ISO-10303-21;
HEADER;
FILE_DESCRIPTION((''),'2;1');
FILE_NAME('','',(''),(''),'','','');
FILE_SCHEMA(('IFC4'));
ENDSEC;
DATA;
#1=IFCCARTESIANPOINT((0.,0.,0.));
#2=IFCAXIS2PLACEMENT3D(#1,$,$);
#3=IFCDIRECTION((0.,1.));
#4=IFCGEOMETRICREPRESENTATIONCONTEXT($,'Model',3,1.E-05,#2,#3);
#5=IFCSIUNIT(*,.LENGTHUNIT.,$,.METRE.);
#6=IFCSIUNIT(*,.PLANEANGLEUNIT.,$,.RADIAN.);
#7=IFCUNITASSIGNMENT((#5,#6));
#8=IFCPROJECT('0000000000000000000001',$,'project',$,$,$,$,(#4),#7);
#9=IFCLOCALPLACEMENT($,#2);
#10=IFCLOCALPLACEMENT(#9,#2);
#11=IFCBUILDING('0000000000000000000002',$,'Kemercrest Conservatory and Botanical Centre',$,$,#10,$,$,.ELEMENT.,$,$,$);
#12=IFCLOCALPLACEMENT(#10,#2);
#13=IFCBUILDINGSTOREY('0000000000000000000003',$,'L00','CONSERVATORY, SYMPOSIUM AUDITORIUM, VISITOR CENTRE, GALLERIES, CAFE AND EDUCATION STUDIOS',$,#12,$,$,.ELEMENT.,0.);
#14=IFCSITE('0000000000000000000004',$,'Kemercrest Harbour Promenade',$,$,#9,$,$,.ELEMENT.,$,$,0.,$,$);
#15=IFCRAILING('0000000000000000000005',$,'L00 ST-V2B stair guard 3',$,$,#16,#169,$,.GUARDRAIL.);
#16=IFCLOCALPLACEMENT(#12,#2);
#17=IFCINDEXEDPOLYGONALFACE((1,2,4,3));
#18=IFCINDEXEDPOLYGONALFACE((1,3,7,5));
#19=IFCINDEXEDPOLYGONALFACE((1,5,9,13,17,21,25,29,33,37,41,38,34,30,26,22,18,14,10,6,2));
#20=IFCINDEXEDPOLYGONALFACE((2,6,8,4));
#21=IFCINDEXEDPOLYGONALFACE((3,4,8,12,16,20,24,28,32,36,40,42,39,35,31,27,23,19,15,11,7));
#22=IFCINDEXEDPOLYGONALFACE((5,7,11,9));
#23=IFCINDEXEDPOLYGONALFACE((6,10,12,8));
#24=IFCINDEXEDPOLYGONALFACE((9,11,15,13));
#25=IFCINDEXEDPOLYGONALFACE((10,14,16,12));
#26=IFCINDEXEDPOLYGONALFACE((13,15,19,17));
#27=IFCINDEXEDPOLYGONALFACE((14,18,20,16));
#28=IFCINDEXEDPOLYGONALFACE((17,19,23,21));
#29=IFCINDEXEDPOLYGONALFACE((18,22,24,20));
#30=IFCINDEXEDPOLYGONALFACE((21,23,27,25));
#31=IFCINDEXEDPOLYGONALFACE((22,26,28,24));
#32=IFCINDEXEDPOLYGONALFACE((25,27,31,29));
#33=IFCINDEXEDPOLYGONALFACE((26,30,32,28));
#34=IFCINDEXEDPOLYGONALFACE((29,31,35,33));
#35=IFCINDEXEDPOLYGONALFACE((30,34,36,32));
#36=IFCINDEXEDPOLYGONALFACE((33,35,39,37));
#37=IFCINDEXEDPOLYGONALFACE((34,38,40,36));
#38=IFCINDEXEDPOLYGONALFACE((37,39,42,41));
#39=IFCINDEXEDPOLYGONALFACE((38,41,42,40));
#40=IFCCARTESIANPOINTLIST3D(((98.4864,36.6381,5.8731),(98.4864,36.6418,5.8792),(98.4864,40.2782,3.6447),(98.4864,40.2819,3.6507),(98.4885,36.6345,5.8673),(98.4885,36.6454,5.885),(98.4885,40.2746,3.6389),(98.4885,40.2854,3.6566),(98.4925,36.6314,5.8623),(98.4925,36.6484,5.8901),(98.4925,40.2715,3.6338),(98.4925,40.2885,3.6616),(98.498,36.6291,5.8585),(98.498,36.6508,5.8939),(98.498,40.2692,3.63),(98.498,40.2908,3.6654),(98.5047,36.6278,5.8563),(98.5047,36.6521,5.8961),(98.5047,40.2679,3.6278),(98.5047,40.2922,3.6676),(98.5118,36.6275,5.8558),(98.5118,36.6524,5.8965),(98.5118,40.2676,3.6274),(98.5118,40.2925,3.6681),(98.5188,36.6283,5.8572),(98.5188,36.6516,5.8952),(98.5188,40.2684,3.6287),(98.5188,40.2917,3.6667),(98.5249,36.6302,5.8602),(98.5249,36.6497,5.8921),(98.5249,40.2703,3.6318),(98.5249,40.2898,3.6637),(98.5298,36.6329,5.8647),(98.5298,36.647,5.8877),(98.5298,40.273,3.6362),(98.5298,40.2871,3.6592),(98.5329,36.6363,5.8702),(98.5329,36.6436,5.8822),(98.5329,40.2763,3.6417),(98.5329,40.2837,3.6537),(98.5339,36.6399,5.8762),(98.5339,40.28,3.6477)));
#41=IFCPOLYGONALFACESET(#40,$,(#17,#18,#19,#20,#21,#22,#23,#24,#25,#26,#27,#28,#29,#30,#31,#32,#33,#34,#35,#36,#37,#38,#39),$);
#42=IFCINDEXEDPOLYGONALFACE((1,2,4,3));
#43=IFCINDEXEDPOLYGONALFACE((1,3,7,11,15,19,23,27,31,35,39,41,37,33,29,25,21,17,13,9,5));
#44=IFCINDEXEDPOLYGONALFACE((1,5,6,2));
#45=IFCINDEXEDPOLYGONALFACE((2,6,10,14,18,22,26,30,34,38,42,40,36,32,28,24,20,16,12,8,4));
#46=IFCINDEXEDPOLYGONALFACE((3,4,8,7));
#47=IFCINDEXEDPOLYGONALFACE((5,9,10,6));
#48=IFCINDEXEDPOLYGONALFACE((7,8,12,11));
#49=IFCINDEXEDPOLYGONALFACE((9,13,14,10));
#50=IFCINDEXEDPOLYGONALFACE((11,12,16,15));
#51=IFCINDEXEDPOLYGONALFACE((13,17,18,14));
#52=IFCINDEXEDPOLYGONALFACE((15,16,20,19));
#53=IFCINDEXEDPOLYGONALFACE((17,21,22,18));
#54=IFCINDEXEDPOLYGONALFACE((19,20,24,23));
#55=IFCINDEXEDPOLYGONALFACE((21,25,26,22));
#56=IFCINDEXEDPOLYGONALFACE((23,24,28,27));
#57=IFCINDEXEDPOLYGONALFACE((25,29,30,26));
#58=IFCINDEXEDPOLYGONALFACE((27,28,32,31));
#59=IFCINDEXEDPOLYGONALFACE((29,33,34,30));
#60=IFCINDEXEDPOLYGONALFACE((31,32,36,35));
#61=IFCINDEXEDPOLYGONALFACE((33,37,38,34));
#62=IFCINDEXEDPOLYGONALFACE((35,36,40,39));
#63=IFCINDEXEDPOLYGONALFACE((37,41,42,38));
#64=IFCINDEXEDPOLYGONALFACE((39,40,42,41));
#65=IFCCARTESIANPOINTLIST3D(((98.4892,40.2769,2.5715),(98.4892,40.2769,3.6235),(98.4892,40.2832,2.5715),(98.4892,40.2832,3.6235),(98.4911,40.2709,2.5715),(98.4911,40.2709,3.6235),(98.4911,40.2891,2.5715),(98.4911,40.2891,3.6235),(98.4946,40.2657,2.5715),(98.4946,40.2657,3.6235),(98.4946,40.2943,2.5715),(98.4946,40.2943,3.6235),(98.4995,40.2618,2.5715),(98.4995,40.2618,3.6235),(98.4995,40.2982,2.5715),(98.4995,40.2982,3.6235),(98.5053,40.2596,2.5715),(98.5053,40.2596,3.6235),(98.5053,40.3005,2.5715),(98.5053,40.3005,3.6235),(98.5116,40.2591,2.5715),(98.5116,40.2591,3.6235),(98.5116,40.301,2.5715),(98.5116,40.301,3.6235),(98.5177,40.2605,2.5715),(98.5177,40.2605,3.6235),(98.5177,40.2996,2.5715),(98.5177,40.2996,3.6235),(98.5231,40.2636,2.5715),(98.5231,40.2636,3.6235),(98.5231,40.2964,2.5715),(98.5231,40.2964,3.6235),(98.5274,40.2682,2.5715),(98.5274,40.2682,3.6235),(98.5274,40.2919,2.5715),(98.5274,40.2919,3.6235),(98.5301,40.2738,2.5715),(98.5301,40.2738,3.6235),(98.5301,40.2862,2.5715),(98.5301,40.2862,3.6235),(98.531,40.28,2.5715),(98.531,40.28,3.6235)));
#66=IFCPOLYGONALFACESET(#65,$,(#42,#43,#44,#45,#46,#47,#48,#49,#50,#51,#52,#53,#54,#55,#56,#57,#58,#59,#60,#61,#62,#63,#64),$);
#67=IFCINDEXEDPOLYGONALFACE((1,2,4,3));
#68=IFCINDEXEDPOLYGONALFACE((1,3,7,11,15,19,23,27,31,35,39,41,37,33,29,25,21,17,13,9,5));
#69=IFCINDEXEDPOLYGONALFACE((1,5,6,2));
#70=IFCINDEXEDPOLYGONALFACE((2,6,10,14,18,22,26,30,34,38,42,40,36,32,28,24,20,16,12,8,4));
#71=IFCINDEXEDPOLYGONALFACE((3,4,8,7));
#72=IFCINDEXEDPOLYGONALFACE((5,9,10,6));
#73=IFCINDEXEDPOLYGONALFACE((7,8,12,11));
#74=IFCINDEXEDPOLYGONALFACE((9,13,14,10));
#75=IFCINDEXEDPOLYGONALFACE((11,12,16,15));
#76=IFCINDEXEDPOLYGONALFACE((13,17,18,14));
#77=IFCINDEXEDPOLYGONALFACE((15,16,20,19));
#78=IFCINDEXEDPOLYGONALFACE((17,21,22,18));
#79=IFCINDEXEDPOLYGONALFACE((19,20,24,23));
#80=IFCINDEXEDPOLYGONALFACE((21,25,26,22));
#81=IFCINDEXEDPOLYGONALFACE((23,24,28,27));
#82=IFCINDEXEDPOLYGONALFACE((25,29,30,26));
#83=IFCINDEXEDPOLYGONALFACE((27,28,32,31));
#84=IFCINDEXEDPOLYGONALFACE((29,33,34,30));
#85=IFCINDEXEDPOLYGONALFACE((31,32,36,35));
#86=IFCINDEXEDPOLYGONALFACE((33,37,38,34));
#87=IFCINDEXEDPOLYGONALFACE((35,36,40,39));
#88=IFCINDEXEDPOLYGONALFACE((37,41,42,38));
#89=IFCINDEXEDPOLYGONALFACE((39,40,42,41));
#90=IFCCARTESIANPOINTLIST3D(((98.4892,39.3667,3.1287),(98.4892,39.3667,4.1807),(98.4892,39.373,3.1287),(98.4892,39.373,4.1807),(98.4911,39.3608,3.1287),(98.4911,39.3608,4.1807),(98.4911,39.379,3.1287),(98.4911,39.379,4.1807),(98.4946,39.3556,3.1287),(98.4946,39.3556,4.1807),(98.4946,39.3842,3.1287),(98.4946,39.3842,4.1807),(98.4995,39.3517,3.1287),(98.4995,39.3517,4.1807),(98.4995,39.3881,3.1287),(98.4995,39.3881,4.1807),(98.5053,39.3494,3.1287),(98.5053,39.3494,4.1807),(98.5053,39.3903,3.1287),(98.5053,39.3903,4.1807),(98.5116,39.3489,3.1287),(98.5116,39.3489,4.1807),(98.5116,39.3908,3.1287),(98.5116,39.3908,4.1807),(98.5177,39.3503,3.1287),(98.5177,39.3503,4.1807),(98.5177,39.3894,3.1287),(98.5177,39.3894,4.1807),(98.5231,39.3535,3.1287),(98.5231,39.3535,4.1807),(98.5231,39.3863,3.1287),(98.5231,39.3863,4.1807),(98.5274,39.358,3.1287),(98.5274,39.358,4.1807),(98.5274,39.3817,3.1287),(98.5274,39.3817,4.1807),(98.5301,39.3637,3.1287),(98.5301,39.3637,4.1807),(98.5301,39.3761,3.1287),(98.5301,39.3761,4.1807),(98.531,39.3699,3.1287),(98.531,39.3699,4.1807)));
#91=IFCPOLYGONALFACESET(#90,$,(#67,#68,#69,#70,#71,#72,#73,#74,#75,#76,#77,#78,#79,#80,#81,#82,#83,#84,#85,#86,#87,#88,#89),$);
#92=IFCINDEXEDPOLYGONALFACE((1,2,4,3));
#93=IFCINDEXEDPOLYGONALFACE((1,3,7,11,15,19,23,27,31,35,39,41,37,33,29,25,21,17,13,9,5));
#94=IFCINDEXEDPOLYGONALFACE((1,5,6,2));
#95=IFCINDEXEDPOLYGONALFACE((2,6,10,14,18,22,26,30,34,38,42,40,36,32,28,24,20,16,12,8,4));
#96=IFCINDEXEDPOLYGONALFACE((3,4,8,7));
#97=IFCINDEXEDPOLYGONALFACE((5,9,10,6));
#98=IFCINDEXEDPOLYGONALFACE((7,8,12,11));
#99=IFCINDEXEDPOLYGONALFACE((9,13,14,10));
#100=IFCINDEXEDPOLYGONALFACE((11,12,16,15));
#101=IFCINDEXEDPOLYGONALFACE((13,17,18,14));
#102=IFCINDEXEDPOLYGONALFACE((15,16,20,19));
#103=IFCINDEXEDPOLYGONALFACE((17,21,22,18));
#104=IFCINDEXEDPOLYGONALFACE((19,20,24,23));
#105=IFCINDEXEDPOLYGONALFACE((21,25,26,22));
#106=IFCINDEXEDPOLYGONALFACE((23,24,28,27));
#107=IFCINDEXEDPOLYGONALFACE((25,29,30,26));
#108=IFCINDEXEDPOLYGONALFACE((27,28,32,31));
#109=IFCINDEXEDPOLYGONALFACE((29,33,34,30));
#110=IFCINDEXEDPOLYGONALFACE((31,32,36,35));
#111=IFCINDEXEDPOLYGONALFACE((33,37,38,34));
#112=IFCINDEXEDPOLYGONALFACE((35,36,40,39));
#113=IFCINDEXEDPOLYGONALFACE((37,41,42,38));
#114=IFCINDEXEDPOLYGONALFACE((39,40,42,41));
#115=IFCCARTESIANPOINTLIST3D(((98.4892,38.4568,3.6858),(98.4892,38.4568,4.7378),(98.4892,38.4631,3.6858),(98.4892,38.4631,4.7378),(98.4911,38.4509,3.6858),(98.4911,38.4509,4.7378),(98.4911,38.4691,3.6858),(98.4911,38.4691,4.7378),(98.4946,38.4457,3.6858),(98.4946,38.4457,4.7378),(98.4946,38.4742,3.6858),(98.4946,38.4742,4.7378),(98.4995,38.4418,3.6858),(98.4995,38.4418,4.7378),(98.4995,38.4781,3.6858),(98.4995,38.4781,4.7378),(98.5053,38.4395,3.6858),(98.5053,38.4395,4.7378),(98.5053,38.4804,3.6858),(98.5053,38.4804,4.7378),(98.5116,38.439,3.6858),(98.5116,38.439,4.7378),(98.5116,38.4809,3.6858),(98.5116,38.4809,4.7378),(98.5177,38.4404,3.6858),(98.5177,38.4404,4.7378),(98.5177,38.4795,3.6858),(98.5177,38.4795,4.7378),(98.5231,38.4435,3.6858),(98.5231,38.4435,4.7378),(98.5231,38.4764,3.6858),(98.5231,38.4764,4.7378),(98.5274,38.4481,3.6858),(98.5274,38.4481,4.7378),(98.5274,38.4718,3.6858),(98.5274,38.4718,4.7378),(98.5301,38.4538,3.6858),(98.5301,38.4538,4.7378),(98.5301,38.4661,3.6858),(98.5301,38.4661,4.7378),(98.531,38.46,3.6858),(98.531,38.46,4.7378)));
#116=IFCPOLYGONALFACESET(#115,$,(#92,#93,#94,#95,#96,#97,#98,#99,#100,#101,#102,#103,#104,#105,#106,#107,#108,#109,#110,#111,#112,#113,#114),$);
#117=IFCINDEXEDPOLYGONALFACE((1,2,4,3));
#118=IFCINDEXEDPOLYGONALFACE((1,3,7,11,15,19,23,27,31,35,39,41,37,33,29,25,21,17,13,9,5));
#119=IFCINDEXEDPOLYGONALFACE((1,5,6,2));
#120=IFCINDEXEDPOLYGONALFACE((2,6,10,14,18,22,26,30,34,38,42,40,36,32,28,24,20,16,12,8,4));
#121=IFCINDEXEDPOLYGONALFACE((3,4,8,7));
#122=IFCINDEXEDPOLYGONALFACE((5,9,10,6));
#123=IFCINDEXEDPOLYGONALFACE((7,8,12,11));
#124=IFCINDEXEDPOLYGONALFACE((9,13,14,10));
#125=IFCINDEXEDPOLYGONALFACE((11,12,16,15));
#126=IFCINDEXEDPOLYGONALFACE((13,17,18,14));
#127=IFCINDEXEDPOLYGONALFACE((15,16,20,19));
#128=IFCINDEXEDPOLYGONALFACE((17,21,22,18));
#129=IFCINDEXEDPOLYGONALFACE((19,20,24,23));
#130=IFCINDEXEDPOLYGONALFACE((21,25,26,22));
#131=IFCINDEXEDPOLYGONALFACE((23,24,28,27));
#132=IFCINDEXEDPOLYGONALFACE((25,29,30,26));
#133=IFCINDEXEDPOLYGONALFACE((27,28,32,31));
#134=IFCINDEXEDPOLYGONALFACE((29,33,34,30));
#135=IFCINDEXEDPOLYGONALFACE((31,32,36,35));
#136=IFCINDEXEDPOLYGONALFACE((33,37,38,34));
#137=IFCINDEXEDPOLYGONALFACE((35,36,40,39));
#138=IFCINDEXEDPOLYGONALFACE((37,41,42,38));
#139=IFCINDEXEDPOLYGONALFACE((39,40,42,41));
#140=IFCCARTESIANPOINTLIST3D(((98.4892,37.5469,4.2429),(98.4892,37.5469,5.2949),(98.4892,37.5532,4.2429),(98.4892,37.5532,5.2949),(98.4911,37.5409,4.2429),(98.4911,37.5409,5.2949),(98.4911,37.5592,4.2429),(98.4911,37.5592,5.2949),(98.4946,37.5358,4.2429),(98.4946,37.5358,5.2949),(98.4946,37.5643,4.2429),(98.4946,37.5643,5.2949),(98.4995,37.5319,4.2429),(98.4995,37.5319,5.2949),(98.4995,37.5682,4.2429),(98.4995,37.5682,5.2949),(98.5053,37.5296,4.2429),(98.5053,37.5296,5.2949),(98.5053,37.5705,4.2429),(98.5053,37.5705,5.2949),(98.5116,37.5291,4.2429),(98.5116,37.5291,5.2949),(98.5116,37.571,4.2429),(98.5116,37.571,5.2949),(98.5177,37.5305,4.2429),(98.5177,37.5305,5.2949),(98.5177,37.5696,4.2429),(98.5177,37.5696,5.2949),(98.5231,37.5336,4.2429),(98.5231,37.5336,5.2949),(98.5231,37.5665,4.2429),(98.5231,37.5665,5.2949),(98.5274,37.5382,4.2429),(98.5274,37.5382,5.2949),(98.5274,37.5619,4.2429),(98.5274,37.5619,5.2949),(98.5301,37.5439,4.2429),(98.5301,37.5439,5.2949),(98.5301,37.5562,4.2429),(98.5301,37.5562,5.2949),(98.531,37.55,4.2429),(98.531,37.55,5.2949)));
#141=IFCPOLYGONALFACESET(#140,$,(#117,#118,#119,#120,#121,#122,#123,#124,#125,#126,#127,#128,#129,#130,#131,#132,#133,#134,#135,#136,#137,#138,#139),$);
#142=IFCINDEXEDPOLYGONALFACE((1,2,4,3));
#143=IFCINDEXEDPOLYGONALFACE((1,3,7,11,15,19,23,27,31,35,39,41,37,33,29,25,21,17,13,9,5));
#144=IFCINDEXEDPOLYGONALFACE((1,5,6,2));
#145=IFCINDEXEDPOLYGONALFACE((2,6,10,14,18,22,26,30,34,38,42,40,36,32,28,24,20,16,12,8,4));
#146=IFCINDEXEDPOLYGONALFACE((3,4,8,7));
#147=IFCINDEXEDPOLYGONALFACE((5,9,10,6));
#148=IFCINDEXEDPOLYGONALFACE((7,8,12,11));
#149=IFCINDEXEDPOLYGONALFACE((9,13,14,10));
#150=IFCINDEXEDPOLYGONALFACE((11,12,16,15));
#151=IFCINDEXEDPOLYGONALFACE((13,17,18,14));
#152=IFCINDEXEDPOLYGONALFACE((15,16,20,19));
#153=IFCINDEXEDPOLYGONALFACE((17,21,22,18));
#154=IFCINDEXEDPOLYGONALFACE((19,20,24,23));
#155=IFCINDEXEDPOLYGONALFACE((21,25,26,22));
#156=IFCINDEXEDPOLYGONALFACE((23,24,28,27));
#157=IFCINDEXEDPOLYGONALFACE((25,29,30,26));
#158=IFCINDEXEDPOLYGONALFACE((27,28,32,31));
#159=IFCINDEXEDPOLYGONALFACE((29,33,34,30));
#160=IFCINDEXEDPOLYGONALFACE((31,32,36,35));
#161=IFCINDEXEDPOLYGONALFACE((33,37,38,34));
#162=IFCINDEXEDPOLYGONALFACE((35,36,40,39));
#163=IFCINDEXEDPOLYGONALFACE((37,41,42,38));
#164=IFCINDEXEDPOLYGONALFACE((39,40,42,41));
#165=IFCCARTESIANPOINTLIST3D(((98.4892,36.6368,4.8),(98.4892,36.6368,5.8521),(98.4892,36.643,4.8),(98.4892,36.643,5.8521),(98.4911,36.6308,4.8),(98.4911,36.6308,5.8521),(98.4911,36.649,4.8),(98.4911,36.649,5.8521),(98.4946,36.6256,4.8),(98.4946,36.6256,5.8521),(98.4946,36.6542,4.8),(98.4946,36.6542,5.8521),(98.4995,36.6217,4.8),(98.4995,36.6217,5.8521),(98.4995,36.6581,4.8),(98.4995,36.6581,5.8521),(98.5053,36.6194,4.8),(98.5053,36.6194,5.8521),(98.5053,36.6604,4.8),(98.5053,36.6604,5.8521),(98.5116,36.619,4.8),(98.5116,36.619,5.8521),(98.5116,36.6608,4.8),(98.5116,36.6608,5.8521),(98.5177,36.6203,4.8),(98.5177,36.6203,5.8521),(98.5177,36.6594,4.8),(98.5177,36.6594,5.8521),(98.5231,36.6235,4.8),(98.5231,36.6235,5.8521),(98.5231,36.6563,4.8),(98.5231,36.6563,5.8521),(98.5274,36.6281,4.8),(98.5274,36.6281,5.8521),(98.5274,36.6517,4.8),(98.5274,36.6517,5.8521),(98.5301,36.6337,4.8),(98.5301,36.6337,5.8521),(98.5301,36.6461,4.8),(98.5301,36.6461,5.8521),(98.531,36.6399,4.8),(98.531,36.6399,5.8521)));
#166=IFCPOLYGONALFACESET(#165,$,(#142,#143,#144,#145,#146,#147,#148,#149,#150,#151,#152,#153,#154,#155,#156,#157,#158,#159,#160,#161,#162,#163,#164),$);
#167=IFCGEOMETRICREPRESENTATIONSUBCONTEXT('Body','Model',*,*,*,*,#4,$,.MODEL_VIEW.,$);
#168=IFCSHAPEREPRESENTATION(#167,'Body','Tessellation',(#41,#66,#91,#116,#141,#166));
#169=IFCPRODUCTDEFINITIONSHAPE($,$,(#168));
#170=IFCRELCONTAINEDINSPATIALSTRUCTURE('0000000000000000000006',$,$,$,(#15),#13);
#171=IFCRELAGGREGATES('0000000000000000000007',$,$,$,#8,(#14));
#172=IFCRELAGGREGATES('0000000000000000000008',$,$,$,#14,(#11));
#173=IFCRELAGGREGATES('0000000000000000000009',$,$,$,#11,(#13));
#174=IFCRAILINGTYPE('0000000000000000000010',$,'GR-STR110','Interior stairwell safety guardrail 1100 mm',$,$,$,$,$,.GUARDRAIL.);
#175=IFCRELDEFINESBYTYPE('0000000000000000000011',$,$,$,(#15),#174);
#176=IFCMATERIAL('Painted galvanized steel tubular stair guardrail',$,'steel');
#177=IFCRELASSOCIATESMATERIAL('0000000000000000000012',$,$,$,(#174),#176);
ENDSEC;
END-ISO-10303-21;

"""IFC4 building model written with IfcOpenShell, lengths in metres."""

from ifc_helpers import new_model, si_unit, direction, frame, origin, origin_2d, place, context, subcontext, project, spatial, circle, extrude, material, type_object, element, save


model = new_model("IFC4")

# Units and contexts
model_context = context("Model", 3, precision=1e-05, world=origin(), true_north=direction((0.0, 1.0)))
body_context = subcontext(model_context, "Body", "Model", "MODEL_VIEW")
ifc_project = project(units=[si_unit("LENGTHUNIT", "METRE"), si_unit("PLANEANGLEUNIT", "RADIAN")], contexts=[model_context])

# Site, building, storey
site_placement = place(None, origin())
site = spatial("IfcSite", under=ifc_project, at=site_placement, Name="Kemercrest Harbour Promenade", CompositionType="ELEMENT", RefElevation=0.0)
building_placement = place(site_placement, origin())
building = spatial("IfcBuilding", under=site, at=building_placement, Name="Kemercrest Conservatory and Botanical Centre", CompositionType="ELEMENT")
storey_placement = place(building_placement, origin())
storey = spatial("IfcBuildingStorey", under=building, at=storey_placement, Name="L00", Description="CONSERVATORY, SYMPOSIUM AUDITORIUM, VISITOR CENTRE, GALLERIES, CAFE AND EDUCATION STUDIOS", CompositionType="ELEMENT", Elevation=0.0)

# Railing
ifc_material_1 = material(Name="Painted galvanized steel tubular stair guardrail", Category="steel")
railing_type_1 = type_object("IfcRailingType", Name="GR-STR110", Description="Interior stairwell safety guardrail 1100 mm", PredefinedType="GUARDRAIL", material=ifc_material_1)
railing_1_placement = place(storey_placement, frame((98.51, 40.28, 2.5715)))
element("IfcRailing", 1, at=railing_1_placement, inside=storey, type_object=railing_type_1, Name="L00 ST-V2B stair guard 3", PredefinedType="GUARDRAIL", context=body_context, shape_type="SweptSolid", body=[
    extrude(circle(Radius=0.0239, at=origin_2d()), frame((0.0, 0.0, 1.0762), z_axis=(0.0, -0.852866, 0.52213), x_axis=(1.0, 0.0, 0.0)), (0.0, 0.0, 1.0), 4.2681),
    extrude(circle(Radius=0.021, at=origin_2d()), origin(), (0.0, 0.0, 1.0), 1.052),
    extrude(circle(Radius=0.021, at=origin_2d()), frame((0.0, -0.9102, 0.5571)), (0.0, 0.0, 1.0), 1.052),
    extrude(circle(Radius=0.021, at=origin_2d()), frame((0.0, -1.8201, 1.1143)), (0.0, 0.0, 1.0), 1.052),
    extrude(circle(Radius=0.021, at=origin_2d()), frame((0.0, -2.73, 1.6714)), (0.0, 0.0, 1.0), 1.052),
    extrude(circle(Radius=0.021, at=origin_2d()), frame((0.0, -3.6401, 2.2285)), (0.0, 0.0, 1.0), 1.052),
])

save(model, "model.ifc")
